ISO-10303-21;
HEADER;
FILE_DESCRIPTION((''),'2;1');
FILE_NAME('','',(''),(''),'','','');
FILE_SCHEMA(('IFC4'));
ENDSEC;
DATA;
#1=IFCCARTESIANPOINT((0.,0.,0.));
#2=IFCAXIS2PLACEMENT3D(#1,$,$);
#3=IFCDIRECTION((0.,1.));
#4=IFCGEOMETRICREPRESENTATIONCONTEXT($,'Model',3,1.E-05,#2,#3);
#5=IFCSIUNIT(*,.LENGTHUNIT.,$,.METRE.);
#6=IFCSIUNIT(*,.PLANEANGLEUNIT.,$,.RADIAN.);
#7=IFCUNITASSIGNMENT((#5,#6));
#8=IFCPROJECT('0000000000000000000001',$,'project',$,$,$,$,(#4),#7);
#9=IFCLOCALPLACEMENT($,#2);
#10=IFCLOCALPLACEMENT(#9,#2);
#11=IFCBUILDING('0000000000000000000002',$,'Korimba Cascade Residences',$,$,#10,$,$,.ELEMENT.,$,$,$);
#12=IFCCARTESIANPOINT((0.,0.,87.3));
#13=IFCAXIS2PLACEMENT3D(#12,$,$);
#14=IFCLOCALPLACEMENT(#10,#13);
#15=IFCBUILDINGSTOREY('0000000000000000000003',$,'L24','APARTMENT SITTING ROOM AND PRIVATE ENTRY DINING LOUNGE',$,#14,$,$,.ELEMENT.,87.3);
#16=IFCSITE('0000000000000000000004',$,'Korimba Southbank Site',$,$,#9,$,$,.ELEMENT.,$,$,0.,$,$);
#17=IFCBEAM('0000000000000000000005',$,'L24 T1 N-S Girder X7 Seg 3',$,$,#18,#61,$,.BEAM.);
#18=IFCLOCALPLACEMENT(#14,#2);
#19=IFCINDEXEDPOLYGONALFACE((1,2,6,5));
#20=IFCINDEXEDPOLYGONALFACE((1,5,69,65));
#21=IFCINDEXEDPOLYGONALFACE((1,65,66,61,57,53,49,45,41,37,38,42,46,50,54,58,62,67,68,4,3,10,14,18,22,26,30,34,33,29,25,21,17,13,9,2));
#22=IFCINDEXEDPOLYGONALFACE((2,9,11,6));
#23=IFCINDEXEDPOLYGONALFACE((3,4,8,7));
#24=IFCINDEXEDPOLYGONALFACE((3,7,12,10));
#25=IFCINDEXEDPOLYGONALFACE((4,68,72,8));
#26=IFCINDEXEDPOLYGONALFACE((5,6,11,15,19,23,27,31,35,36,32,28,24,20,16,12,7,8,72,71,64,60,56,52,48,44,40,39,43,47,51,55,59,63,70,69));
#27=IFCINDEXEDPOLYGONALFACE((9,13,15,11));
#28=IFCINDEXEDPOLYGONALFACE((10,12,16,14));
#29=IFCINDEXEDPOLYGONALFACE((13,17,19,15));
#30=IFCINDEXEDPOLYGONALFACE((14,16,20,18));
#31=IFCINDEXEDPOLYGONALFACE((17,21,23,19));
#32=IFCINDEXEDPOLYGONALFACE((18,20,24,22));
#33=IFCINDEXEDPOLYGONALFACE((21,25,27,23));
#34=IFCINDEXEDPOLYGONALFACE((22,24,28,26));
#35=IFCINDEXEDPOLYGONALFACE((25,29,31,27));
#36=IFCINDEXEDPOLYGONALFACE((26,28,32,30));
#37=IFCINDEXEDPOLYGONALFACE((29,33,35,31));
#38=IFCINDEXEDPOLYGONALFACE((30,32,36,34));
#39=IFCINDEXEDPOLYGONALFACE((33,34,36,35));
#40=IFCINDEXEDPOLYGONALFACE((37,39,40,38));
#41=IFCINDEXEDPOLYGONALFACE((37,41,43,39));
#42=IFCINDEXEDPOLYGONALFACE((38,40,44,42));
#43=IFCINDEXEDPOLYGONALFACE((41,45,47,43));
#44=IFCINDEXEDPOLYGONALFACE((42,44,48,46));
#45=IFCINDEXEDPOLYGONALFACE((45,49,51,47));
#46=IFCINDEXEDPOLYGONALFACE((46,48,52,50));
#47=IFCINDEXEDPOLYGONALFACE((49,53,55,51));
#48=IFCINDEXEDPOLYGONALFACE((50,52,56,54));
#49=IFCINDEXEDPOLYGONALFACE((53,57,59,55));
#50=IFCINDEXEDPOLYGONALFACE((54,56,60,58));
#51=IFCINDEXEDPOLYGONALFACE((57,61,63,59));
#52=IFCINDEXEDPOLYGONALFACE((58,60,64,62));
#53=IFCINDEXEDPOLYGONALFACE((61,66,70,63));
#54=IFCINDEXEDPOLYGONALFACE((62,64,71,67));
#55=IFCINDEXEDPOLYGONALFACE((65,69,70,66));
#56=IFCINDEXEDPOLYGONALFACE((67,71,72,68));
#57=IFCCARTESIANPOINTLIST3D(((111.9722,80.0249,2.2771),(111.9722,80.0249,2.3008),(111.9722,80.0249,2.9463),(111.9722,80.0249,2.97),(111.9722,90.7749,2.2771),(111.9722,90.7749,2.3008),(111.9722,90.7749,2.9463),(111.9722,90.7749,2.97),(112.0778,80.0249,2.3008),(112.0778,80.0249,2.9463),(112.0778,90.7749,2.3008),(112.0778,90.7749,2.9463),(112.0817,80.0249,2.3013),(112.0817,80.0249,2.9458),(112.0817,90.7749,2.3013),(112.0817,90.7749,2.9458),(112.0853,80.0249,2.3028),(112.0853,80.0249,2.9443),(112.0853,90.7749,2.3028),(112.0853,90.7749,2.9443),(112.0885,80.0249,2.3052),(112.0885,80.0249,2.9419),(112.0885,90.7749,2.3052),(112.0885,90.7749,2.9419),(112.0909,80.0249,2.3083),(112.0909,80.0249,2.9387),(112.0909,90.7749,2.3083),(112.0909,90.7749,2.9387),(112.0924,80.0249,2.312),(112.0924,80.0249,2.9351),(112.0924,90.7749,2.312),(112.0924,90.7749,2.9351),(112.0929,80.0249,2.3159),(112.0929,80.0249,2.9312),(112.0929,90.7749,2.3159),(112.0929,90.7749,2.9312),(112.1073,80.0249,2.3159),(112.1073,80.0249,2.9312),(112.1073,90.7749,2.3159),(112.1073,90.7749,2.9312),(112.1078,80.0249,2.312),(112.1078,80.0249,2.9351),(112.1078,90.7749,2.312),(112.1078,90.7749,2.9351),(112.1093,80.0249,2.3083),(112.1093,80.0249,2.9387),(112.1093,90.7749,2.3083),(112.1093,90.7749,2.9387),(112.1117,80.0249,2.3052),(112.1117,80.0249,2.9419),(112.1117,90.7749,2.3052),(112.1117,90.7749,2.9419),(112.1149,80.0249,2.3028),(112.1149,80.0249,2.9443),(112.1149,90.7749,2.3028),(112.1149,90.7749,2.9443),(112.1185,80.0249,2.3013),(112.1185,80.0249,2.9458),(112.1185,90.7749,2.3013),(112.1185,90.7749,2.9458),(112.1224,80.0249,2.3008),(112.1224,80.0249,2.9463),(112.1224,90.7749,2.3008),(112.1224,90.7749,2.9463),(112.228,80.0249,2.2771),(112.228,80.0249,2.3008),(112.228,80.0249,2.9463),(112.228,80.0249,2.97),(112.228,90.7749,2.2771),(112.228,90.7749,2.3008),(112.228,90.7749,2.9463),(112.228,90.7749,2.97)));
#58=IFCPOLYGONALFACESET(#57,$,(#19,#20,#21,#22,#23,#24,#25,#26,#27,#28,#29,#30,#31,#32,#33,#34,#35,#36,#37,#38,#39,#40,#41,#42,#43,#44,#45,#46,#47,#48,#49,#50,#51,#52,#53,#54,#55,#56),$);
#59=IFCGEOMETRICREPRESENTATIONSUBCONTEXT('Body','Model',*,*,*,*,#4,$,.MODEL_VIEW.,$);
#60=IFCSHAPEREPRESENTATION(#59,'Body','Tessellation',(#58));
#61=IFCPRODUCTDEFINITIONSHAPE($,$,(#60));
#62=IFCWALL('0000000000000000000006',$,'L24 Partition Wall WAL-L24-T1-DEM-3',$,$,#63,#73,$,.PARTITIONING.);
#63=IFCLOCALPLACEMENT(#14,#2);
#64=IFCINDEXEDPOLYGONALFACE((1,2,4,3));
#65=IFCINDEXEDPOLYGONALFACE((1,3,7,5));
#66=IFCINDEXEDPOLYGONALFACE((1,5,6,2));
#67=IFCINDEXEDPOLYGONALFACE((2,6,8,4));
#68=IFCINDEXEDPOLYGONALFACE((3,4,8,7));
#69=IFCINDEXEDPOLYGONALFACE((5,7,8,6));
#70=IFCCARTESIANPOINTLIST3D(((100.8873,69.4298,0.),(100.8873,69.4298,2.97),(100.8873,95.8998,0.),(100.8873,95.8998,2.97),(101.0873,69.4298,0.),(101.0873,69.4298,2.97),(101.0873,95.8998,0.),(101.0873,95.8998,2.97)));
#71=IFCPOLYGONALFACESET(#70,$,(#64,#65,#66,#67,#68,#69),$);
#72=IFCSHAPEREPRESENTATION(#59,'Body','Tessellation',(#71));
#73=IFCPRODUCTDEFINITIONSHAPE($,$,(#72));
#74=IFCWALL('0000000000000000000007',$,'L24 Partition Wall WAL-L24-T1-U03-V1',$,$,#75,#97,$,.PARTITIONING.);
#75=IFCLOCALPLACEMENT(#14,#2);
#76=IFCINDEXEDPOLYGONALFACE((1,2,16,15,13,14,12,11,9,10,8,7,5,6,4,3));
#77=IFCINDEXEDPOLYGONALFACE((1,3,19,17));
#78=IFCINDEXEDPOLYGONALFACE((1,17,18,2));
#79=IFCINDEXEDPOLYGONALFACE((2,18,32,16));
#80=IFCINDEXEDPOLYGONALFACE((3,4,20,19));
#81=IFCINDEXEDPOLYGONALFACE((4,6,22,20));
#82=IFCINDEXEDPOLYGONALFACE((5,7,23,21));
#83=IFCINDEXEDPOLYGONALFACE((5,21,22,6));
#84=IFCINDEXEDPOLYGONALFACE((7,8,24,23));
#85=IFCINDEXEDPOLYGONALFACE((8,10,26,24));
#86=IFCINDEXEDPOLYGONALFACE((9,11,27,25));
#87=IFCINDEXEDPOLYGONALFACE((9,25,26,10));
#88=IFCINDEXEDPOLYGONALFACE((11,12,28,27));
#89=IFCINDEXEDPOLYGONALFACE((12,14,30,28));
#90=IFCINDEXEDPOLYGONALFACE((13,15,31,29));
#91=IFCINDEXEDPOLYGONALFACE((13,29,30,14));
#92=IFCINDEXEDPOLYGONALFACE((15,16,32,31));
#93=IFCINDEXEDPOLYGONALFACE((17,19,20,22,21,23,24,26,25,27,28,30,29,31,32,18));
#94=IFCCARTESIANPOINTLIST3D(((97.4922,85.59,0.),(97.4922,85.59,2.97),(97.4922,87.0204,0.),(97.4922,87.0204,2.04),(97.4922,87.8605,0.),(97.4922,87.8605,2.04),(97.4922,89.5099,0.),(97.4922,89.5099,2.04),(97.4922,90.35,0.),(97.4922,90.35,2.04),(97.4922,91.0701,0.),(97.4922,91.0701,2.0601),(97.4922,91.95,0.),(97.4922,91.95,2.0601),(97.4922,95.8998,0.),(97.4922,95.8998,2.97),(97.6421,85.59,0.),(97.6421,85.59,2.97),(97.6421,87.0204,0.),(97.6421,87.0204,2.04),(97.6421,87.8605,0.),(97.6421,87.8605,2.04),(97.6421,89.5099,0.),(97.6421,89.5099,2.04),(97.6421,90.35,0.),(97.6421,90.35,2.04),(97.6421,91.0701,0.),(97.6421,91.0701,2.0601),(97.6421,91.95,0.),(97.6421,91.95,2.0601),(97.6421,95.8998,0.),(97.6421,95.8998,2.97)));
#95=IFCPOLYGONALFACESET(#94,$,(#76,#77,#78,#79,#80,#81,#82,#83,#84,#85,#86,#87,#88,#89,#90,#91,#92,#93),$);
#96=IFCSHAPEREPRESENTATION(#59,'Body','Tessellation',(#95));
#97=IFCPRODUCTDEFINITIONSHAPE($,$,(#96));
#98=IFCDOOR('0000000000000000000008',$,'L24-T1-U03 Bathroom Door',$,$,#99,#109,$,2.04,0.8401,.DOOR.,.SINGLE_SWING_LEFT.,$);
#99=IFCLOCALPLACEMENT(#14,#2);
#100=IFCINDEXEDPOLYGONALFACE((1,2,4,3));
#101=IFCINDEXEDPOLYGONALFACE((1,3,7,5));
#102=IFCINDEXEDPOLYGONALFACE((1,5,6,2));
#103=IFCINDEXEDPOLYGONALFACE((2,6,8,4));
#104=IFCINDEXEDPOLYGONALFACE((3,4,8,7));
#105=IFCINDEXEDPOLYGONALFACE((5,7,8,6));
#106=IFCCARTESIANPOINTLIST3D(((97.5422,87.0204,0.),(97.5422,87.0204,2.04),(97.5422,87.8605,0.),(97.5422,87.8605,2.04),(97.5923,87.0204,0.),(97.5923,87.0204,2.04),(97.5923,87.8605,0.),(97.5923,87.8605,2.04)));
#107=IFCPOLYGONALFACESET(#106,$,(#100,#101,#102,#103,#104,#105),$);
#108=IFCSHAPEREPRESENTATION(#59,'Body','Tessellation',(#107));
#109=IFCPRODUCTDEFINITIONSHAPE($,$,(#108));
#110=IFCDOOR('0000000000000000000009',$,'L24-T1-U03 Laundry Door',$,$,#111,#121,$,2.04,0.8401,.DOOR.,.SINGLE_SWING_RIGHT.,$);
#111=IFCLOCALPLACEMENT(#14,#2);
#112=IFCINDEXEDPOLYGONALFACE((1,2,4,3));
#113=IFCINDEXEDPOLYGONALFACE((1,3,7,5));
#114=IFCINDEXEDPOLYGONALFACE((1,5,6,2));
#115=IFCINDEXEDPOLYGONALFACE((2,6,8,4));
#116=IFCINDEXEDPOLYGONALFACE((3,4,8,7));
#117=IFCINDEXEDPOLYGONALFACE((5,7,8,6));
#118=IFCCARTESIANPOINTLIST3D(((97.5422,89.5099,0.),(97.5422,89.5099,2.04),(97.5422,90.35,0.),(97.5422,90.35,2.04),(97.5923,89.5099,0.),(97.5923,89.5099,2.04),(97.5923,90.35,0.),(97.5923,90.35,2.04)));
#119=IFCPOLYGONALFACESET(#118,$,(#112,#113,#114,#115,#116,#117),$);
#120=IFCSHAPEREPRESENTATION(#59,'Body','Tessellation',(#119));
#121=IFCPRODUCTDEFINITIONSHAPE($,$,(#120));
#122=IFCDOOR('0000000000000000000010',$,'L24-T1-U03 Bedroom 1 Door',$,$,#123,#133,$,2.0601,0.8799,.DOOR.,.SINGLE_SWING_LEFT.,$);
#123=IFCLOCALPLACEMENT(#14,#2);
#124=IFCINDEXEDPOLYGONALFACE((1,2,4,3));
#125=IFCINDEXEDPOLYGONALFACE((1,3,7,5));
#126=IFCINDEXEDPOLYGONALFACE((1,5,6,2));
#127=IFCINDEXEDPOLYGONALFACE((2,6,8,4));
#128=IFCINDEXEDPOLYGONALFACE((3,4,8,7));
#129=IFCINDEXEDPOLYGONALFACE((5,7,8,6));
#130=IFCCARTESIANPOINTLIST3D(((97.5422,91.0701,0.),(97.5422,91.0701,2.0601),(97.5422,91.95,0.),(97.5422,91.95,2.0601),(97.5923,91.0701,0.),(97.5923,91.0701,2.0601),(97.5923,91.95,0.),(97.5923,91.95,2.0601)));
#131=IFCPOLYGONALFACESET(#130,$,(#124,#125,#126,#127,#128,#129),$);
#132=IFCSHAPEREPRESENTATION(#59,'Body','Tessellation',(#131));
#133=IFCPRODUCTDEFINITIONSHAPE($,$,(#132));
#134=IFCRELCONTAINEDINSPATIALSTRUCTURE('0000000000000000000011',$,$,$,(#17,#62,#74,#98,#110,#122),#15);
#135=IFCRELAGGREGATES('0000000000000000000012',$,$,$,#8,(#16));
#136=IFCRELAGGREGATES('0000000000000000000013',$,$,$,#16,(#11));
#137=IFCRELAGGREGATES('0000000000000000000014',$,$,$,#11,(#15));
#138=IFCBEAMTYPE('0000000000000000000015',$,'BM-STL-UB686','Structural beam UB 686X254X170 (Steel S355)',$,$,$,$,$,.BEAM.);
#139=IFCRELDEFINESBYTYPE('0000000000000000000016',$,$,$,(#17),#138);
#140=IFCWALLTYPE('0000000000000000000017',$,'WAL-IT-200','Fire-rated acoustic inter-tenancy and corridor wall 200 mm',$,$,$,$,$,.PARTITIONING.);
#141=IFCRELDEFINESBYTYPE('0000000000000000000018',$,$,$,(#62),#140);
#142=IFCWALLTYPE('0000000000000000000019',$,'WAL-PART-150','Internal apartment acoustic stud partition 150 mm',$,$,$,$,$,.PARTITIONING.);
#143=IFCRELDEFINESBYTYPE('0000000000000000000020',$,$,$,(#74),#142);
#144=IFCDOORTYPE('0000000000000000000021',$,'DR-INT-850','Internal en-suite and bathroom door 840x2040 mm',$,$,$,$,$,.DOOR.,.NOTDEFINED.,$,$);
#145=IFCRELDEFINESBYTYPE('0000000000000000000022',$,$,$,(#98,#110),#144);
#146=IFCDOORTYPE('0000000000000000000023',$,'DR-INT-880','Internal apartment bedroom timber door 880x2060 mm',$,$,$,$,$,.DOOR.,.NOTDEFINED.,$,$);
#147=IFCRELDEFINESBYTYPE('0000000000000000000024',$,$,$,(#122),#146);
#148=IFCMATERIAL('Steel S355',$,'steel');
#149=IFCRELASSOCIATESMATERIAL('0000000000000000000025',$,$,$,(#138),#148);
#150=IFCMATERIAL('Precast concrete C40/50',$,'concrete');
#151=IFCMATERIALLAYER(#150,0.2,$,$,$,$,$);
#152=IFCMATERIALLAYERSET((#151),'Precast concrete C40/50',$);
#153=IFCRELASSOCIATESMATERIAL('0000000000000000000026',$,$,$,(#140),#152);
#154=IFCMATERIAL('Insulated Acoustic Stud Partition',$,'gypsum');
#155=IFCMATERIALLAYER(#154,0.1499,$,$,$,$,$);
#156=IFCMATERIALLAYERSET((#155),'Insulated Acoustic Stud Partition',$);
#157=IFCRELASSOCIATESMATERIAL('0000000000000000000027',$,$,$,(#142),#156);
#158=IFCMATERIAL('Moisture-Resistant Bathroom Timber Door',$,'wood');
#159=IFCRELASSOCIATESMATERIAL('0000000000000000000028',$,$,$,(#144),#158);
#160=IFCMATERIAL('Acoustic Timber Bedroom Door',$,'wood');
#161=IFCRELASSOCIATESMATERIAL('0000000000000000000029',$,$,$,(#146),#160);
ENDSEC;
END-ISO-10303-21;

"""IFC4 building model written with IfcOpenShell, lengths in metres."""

from ifc_helpers import new_model, si_unit, direction, frame, frame_2d, origin, origin_2d, place, context, subcontext, project, spatial, rectangle, i_section, extrude, material, layer, layer_set, material_profile, profile_set, type_object, element, fill, save


model = new_model("IFC4")

# Units and contexts
model_context = context("Model", 3, precision=1e-05, world=origin(), true_north=direction((0.0, 1.0)))
body_context = subcontext(model_context, "Body", "Model", "MODEL_VIEW")
ifc_project = project(units=[si_unit("LENGTHUNIT", "METRE"), si_unit("PLANEANGLEUNIT", "RADIAN")], contexts=[model_context])

# Site, building, storey
site_placement = place(None, origin())
site = spatial("IfcSite", under=ifc_project, at=site_placement, Name="Korimba Southbank Site", CompositionType="ELEMENT", RefElevation=0.0)
building_placement = place(site_placement, origin())
building = spatial("IfcBuilding", under=site, at=building_placement, Name="Korimba Cascade Residences", CompositionType="ELEMENT")
storey_placement = place(building_placement, frame((0.0, 0.0, 87.3)))
storey = spatial("IfcBuildingStorey", under=building, at=storey_placement, Name="L24", Description="APARTMENT SITTING ROOM AND PRIVATE ENTRY DINING LOUNGE", CompositionType="ELEMENT", Elevation=87.3)

# Beam
ifc_material_1 = material(Name="Steel S355", Category="steel")
ifc_material_profile_1 = material_profile(ifc_material_1, i_section(OverallWidth=0.2559, OverallDepth=0.6929, WebThickness=0.0144, FlangeThickness=0.0237, FilletRadius=0.0151, at=origin_2d()), Name="Steel S355")
ifc_profile_set_1 = profile_set([ifc_material_profile_1], Name="Steel S355")
beam_type_1 = type_object("IfcBeamType", Name="BM-STL-UB686", Description="Structural beam UB 686X254X170 (Steel S355)", PredefinedType="BEAM", material=ifc_profile_set_1)
for number, where, z_axis, x_axis, name in (
    (1, (112.1001, 80.0249, 2.6235), (0.0, 1.0, 0.0), (-1.0, 0.0, 0.0), "L24 T1 N-S Girder X7 Seg 3"),
):
    element("IfcBeam", number, at=place(storey_placement, frame(where, z_axis=z_axis, x_axis=x_axis)), inside=storey, type_object=beam_type_1, Name=name, PredefinedType="BEAM", context=body_context, shape_type="SweptSolid", body=[
        extrude(i_section(OverallWidth=0.2559, OverallDepth=0.6929, WebThickness=0.0144, FlangeThickness=0.0237, FilletRadius=0.0151, at=origin_2d()), origin(), (0.0, 0.0, 1.0), 10.75),
    ])

# Wall
ifc_material_2 = material(Name="Precast concrete C40/50", Category="concrete")
ifc_layer_1 = layer(ifc_material_2, 0.2)
ifc_layer_set_1 = layer_set([ifc_layer_1], Name="Precast concrete C40/50")
wall_type_1 = type_object("IfcWallType", Name="WAL-IT-200", Description="Fire-rated acoustic inter-tenancy and corridor wall 200 mm", PredefinedType="PARTITIONING", material=ifc_layer_set_1)
wall_1_placement = place(storey_placement, frame((100.9873, 69.4299, 0.0), z_axis=(0.0, 0.0, 1.0), x_axis=(0.0, 1.0, 0.0)))
element("IfcWall", 2, at=wall_1_placement, inside=storey, type_object=wall_type_1, Name="L24 Partition Wall WAL-L24-T1-DEM-3", PredefinedType="PARTITIONING", context=body_context, shape_type="SweptSolid", body=[
    extrude(rectangle(XDim=26.47, YDim=0.2, at=frame_2d((13.2349, 0.0))), origin(), (0.0, 0.0, 1.0), 2.97),
])

# Wall, openings, doors
ifc_material_3 = material(Name="Insulated Acoustic Stud Partition", Category="gypsum")
ifc_layer_2 = layer(ifc_material_3, 0.1499)
ifc_layer_set_2 = layer_set([ifc_layer_2], Name="Insulated Acoustic Stud Partition")
wall_type_2 = type_object("IfcWallType", Name="WAL-PART-150", Description="Internal apartment acoustic stud partition 150 mm", PredefinedType="PARTITIONING", material=ifc_layer_set_2)
wall_2_placement = place(storey_placement, frame((97.5671, 85.5901, 0.0), z_axis=(0.0, 0.0, 1.0), x_axis=(0.0, 1.0, 0.0)))
wall_2 = element("IfcWall", 3, at=wall_2_placement, inside=storey, type_object=wall_type_2, Name="L24 Partition Wall WAL-L24-T1-U03-V1", PredefinedType="PARTITIONING", context=body_context, shape_type="SweptSolid", body=[
    extrude(rectangle(XDim=10.3098, YDim=0.1499, at=frame_2d((5.1548, 0.0))), origin(), (0.0, 0.0, 1.0), 2.97),
])
opening_1_placement = place(wall_2_placement, frame((1.4304, 0.0, 0.0)))
opening_1 = element("IfcOpeningElement", 4, at=opening_1_placement, cuts=wall_2, PredefinedType="OPENING", context=body_context, shape_type="SweptSolid", body=[
    extrude(rectangle(XDim=0.8401, YDim=2.04, at=frame_2d((0.4199, 1.02))), frame((0.0, 0.085, 0.0), z_axis=(0.0, -1.0, 0.0), x_axis=(1.0, 0.0, 0.0)), (0.0, 0.0, 1.0), 0.1699),
])
opening_2_placement = place(wall_2_placement, frame((3.9199, 0.0, 0.0)))
opening_2 = element("IfcOpeningElement", 5, at=opening_2_placement, cuts=wall_2, PredefinedType="OPENING", context=body_context, shape_type="SweptSolid", body=[
    extrude(rectangle(XDim=0.8401, YDim=2.04, at=frame_2d((0.4199, 1.02))), frame((0.0, 0.085, 0.0), z_axis=(0.0, -1.0, 0.0), x_axis=(1.0, 0.0, 0.0)), (0.0, 0.0, 1.0), 0.1699),
])
opening_3_placement = place(wall_2_placement, frame((5.48, 0.0, 0.0)))
opening_3 = element("IfcOpeningElement", 6, at=opening_3_placement, cuts=wall_2, PredefinedType="OPENING", context=body_context, shape_type="SweptSolid", body=[
    extrude(rectangle(XDim=0.8799, YDim=2.0601, at=frame_2d((0.4399, 1.03))), frame((0.0, 0.085, 0.0), z_axis=(0.0, -1.0, 0.0), x_axis=(1.0, 0.0, 0.0)), (0.0, 0.0, 1.0), 0.1699),
])
ifc_material_4 = material(Name="Moisture-Resistant Bathroom Timber Door", Category="wood")
door_type_1 = type_object("IfcDoorType", Name="DR-INT-850", Description="Internal en-suite and bathroom door 840x2040 mm", OperationType="NOTDEFINED", PredefinedType="DOOR", material=ifc_material_4)
door_1_placement = place(opening_1_placement, origin())
door_1 = element("IfcDoor", 7, at=door_1_placement, inside=storey, type_object=door_type_1, Name="L24-T1-U03 Bathroom Door", OperationType="SINGLE_SWING_LEFT", OverallHeight=2.04, OverallWidth=0.8401, PredefinedType="DOOR", context=body_context, shape_type="SweptSolid", body=[
    extrude(rectangle(XDim=0.8401, YDim=2.04, at=frame_2d((0.4199, 1.02))), frame((0.0, 0.0249, 0.0), z_axis=(0.0, -1.0, 0.0), x_axis=(1.0, 0.0, 0.0)), (0.0, 0.0, 1.0), 0.05),
])
fill(opening_1, door_1)
door_2_placement = place(opening_2_placement, origin())
door_2 = element("IfcDoor", 8, at=door_2_placement, inside=storey, type_object=door_type_1, Name="L24-T1-U03 Laundry Door", OperationType="SINGLE_SWING_RIGHT", OverallHeight=2.04, OverallWidth=0.8401, PredefinedType="DOOR", context=body_context, shape_type="SweptSolid", body=[
    extrude(rectangle(XDim=0.8401, YDim=2.04, at=frame_2d((0.4199, 1.02))), frame((0.0, 0.0249, 0.0), z_axis=(0.0, -1.0, 0.0), x_axis=(1.0, 0.0, 0.0)), (0.0, 0.0, 1.0), 0.05),
])
fill(opening_2, door_2)
ifc_material_5 = material(Name="Acoustic Timber Bedroom Door", Category="wood")
door_type_2 = type_object("IfcDoorType", Name="DR-INT-880", Description="Internal apartment bedroom timber door 880x2060 mm", OperationType="NOTDEFINED", PredefinedType="DOOR", material=ifc_material_5)
door_3_placement = place(opening_3_placement, origin())
door_3 = element("IfcDoor", 9, at=door_3_placement, inside=storey, type_object=door_type_2, Name="L24-T1-U03 Bedroom 1 Door", OperationType="SINGLE_SWING_LEFT", OverallHeight=2.0601, OverallWidth=0.8799, PredefinedType="DOOR", context=body_context, shape_type="SweptSolid", body=[
    extrude(rectangle(XDim=0.8799, YDim=2.0601, at=frame_2d((0.4399, 1.03))), frame((0.0, 0.0249, 0.0), z_axis=(0.0, -1.0, 0.0), x_axis=(1.0, 0.0, 0.0)), (0.0, 0.0, 1.0), 0.05),
])
fill(opening_3, door_3)

save(model, "model.ifc")
